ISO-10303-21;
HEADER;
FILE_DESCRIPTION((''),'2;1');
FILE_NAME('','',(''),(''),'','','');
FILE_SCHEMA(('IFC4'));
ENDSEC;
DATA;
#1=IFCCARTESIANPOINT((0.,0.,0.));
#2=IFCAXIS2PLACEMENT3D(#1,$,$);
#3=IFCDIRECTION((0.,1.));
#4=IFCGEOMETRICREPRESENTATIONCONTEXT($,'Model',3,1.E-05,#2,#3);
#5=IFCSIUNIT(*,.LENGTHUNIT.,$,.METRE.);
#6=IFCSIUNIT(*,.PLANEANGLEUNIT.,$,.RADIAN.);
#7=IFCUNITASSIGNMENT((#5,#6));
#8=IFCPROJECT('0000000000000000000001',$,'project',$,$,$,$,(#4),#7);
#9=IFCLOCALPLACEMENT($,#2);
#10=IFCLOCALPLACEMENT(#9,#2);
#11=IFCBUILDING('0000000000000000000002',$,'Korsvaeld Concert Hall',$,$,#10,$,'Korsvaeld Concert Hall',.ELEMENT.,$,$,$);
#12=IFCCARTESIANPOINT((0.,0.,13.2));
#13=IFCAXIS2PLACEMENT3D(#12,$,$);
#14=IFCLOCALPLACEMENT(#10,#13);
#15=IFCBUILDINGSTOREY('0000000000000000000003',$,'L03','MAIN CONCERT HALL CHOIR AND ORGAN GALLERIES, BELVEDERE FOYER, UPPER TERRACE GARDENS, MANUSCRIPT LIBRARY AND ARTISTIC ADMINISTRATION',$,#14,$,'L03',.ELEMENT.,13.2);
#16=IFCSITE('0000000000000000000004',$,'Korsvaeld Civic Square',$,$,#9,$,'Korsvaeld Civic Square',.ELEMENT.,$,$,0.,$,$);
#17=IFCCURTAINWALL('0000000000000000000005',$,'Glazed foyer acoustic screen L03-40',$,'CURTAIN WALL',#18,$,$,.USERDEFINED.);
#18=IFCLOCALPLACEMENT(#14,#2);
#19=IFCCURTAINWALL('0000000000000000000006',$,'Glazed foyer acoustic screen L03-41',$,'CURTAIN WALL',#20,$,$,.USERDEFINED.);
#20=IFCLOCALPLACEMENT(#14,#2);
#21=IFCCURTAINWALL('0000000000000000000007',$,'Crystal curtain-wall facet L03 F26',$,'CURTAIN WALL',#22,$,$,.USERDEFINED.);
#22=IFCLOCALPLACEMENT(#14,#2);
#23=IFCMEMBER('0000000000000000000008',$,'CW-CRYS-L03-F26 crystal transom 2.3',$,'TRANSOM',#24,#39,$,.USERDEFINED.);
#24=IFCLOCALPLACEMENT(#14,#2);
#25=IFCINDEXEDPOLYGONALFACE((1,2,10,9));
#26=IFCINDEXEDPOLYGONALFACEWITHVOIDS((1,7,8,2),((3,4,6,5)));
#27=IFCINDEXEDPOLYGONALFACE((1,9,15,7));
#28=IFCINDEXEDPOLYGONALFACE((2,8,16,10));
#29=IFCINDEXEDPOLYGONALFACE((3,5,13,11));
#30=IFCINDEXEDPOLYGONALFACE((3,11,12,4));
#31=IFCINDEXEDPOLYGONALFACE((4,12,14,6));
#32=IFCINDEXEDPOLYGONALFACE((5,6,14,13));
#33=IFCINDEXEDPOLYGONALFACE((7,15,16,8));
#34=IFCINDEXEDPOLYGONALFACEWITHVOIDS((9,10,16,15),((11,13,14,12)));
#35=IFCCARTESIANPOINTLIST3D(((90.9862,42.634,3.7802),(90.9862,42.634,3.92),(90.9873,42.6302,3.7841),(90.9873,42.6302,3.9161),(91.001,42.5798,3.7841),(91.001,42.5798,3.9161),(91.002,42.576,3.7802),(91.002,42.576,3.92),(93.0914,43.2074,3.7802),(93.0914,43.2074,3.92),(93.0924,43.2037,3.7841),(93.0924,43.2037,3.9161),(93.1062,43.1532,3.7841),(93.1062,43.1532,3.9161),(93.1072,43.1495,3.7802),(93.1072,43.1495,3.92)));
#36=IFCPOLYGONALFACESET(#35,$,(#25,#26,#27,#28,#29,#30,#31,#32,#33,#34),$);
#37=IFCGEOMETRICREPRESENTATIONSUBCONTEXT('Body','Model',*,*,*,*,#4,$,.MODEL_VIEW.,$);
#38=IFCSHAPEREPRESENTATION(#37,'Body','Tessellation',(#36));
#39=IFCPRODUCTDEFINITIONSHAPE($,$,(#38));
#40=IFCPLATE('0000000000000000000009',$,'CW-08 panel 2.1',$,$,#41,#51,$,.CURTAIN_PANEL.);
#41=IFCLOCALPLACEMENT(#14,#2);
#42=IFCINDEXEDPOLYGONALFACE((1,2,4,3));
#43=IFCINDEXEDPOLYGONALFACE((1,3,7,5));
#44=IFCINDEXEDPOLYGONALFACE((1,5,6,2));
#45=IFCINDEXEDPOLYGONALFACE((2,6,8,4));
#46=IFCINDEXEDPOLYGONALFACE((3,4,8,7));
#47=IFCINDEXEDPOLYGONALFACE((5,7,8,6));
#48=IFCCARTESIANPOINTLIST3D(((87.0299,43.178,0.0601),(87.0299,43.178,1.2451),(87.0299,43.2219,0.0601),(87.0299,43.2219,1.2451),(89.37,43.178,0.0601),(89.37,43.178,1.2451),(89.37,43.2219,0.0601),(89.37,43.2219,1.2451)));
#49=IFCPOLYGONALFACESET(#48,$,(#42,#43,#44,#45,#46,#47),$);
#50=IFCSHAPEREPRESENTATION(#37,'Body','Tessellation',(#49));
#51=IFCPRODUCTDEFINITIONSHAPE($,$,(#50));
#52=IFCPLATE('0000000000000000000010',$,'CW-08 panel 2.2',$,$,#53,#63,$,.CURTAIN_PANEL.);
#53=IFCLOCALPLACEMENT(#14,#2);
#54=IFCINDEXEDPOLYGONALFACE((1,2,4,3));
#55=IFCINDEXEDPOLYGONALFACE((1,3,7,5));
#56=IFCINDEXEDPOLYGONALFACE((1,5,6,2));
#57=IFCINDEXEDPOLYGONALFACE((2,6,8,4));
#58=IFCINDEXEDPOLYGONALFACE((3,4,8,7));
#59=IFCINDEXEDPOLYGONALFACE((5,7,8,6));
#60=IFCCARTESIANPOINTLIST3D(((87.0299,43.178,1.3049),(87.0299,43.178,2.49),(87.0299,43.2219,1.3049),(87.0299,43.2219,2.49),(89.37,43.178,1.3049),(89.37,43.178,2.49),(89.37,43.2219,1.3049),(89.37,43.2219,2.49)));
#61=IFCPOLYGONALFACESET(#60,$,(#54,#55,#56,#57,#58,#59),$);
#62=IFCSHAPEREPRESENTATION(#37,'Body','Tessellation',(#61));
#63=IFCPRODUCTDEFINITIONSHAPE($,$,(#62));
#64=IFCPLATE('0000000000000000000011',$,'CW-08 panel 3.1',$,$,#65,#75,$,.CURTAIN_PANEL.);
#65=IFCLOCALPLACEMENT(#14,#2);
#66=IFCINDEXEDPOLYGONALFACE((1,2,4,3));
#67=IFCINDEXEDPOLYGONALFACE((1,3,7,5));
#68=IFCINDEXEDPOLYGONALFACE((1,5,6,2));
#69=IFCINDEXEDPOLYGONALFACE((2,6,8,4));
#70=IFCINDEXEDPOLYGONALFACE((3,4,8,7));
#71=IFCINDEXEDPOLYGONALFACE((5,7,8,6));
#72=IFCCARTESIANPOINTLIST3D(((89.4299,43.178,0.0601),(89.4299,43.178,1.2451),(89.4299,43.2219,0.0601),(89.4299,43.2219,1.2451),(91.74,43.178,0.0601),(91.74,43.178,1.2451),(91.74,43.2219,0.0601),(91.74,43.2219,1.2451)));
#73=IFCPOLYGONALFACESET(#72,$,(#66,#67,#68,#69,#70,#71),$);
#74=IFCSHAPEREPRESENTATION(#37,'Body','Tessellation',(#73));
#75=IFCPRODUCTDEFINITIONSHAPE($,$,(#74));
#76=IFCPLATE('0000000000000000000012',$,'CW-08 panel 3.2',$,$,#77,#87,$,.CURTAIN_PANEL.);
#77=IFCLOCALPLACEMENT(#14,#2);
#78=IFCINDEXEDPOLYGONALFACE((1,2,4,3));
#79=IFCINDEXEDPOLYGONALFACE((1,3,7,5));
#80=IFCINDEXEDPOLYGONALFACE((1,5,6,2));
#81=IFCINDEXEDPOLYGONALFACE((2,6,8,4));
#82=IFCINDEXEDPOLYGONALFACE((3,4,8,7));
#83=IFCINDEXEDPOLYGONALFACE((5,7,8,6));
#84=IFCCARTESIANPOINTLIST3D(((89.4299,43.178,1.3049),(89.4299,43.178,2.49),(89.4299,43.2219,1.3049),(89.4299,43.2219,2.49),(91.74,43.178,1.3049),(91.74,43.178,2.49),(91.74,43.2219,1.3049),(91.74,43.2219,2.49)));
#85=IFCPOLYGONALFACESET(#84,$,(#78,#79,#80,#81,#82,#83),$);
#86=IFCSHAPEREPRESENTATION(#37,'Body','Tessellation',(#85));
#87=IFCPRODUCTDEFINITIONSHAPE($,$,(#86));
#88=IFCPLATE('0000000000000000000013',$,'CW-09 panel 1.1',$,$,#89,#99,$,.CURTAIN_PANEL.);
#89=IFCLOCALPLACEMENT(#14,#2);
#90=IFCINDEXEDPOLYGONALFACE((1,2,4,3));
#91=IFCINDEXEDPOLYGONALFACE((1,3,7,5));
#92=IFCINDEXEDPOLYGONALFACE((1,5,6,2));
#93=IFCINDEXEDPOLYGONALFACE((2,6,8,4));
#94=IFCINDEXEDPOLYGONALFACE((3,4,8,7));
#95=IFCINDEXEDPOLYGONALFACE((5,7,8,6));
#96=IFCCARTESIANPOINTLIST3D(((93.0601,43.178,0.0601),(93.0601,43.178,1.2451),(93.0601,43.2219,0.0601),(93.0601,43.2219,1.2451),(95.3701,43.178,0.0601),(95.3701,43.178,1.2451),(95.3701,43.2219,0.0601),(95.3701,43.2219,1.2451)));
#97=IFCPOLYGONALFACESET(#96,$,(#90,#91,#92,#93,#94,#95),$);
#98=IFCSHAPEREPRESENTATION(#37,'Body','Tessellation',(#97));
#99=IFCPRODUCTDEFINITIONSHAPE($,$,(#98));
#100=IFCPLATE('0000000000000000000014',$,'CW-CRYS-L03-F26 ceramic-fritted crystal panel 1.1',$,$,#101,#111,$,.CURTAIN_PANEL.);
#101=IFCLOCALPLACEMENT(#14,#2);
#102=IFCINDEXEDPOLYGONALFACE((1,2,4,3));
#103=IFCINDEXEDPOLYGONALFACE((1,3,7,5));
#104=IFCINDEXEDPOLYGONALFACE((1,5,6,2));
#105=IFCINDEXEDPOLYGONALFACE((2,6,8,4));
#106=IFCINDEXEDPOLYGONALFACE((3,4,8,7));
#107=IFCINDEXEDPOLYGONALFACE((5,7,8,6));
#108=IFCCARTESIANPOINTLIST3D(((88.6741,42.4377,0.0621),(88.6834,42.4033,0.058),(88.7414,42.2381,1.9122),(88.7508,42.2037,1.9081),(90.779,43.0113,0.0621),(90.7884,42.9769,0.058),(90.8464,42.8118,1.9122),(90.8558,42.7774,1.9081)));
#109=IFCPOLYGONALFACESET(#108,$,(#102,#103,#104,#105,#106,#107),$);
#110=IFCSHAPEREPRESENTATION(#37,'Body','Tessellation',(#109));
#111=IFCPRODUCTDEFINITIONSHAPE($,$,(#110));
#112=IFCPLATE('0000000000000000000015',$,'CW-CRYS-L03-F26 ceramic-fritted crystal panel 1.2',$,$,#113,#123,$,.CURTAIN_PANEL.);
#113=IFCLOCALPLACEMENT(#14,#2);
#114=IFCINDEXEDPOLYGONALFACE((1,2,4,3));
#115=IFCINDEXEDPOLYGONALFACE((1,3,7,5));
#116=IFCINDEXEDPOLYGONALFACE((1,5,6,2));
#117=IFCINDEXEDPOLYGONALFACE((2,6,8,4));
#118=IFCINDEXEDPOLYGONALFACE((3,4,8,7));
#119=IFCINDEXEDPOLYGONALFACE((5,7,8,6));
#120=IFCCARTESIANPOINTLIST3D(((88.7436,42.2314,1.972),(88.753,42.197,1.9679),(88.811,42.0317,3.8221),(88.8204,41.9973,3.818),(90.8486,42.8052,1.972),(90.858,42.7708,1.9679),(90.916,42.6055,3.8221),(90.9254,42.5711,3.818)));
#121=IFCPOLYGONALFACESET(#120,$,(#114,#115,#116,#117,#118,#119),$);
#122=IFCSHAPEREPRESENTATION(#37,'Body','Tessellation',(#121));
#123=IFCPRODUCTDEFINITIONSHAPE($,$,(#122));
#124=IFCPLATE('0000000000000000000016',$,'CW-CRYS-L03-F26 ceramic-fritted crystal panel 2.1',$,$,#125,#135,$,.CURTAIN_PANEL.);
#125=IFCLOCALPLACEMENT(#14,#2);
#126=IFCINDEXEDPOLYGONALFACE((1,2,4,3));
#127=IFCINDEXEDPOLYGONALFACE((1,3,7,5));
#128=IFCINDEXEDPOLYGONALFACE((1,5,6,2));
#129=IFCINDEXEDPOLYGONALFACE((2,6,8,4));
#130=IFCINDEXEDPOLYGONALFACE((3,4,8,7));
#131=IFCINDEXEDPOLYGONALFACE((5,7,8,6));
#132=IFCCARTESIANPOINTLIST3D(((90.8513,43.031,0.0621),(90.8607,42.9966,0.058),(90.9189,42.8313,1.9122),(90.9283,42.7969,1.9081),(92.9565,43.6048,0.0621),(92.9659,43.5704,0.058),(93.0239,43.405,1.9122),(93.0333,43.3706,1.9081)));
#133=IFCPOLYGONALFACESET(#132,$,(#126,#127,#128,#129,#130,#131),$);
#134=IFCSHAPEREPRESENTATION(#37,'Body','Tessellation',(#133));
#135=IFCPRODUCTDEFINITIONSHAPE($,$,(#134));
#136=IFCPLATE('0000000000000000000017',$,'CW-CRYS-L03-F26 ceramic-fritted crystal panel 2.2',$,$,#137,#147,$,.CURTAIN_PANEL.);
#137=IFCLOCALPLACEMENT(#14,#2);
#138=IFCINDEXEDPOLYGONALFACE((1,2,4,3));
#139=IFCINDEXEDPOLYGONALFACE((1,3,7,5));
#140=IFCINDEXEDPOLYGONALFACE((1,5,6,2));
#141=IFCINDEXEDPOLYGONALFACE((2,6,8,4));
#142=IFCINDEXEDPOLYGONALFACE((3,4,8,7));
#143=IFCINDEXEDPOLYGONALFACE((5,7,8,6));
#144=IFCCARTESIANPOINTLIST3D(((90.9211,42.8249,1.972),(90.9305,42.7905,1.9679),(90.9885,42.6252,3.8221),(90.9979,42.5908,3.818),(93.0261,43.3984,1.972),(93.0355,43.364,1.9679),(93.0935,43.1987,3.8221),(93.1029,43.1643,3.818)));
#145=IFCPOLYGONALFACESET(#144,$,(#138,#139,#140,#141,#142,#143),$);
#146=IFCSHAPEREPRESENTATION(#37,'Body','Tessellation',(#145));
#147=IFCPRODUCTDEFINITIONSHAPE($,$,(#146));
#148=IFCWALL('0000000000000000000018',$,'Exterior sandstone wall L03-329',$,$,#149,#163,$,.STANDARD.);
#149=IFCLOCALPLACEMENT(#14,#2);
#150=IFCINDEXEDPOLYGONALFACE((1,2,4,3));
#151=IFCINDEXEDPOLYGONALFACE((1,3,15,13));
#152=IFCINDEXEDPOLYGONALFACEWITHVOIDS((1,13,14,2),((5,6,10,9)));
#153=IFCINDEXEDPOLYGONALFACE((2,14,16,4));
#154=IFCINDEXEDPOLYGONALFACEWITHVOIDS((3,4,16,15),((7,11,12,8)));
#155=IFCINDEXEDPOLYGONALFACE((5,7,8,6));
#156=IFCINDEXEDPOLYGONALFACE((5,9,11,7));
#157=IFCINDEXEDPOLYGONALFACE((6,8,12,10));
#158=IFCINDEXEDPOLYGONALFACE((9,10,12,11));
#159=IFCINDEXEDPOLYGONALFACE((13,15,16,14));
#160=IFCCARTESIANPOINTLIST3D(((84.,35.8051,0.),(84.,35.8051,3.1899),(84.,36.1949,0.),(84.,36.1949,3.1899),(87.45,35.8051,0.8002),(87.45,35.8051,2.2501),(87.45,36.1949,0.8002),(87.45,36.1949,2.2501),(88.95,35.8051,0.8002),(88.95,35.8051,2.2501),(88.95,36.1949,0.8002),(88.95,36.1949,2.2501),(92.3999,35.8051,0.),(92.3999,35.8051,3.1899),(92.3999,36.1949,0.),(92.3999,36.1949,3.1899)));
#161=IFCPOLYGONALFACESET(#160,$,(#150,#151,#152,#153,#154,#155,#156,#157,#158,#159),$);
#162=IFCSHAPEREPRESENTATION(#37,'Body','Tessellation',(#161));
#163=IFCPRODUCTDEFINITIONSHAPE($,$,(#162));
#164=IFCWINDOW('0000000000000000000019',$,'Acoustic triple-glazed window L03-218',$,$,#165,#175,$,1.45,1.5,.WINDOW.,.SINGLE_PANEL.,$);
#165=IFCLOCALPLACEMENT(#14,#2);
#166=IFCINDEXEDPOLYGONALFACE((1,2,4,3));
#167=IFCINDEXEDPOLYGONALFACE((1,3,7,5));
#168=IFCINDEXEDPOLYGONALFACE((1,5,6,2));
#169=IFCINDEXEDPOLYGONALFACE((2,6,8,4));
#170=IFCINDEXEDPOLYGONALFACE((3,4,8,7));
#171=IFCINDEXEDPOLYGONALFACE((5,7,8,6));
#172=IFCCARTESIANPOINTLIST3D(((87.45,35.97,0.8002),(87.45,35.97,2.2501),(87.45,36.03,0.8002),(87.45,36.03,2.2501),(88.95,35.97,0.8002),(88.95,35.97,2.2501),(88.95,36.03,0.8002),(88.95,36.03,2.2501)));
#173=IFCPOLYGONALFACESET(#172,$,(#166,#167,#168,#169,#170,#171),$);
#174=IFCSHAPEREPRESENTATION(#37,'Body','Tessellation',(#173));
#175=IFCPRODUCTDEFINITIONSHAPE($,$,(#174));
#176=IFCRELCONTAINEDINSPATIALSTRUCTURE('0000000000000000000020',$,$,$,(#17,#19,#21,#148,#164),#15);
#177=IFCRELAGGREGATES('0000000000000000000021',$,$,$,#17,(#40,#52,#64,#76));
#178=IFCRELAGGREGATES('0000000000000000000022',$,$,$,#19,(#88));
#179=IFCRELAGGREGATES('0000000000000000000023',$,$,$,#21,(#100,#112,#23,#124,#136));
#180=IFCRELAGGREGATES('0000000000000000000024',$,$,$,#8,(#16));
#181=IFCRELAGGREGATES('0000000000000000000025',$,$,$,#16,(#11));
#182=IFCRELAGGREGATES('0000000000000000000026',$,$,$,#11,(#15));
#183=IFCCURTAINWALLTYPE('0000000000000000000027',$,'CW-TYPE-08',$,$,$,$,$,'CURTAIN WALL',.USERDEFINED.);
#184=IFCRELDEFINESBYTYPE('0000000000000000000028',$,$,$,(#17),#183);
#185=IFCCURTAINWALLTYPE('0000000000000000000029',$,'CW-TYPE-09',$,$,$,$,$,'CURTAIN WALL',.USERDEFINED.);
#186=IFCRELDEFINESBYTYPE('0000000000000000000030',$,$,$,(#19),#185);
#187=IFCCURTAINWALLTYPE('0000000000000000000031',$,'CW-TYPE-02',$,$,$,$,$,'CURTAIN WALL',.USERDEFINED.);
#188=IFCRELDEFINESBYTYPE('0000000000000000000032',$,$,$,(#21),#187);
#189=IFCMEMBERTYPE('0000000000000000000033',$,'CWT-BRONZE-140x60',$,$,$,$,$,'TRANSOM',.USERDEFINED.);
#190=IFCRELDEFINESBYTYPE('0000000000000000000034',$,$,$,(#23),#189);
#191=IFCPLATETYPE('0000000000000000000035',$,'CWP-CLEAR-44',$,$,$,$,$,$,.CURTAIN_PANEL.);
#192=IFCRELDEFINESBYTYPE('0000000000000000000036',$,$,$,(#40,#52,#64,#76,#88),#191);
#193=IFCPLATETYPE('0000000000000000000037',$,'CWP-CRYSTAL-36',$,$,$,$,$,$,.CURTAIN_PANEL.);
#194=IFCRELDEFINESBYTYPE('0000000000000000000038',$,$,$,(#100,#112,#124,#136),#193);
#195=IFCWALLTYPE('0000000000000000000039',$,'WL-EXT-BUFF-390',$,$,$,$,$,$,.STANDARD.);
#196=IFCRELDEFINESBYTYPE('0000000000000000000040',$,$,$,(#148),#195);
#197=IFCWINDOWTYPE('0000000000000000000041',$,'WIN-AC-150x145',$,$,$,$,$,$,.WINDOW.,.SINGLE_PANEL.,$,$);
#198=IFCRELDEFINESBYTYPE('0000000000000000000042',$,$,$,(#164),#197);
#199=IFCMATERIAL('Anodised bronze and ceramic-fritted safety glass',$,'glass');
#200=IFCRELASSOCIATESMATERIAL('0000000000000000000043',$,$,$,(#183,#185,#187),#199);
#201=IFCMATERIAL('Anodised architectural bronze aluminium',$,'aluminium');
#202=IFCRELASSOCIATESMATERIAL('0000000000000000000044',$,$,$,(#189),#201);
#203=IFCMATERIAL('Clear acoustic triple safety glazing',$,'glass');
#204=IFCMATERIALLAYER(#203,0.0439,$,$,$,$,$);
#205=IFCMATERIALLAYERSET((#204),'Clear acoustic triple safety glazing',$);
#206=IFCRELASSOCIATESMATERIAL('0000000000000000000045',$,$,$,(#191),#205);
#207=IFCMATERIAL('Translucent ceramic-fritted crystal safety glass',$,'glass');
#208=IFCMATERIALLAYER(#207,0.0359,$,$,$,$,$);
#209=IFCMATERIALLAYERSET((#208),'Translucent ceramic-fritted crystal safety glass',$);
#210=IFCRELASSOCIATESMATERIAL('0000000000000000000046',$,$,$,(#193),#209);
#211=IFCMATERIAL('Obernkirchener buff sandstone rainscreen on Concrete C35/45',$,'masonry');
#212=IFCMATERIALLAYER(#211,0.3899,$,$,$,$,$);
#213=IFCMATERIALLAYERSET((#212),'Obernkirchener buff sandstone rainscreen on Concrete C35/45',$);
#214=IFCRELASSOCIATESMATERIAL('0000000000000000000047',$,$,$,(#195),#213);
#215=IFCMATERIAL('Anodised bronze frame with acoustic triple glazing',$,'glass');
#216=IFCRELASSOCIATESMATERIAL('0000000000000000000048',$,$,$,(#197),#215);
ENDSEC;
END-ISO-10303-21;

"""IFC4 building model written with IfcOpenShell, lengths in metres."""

from ifc_helpers import new_model, si_unit, direction, frame, frame_2d, origin, origin_2d, place, context, subcontext, project, spatial, polyline, rectangle, hollow_rectangle, outline, extrude, material, layer, layer_set, material_profile, profile_set, type_object, element, fill, aggregate, save


model = new_model("IFC4")

# Units and contexts
model_context = context("Model", 3, precision=1e-05, world=origin(), true_north=direction((0.0, 1.0)))
body_context = subcontext(model_context, "Body", "Model", "MODEL_VIEW")
ifc_project = project(units=[si_unit("LENGTHUNIT", "METRE"), si_unit("PLANEANGLEUNIT", "RADIAN")], contexts=[model_context])

# Site, building, storey
site_placement = place(None, origin())
site = spatial("IfcSite", under=ifc_project, at=site_placement, Name="Korsvaeld Civic Square", LongName="Korsvaeld Civic Square", CompositionType="ELEMENT", RefElevation=0.0)
building_placement = place(site_placement, origin())
building = spatial("IfcBuilding", under=site, at=building_placement, Name="Korsvaeld Concert Hall", LongName="Korsvaeld Concert Hall", CompositionType="ELEMENT")
storey_placement = place(building_placement, frame((0.0, 0.0, 13.2)))
storey = spatial("IfcBuildingStorey", under=building, at=storey_placement, Name="L03", Description="MAIN CONCERT HALL CHOIR AND ORGAN GALLERIES, BELVEDERE FOYER, UPPER TERRACE GARDENS, MANUSCRIPT LIBRARY AND ARTISTIC ADMINISTRATION", LongName="L03", CompositionType="ELEMENT", Elevation=13.2)

# Curtain wall
ifc_material_1 = material(Name="Anodised bronze and ceramic-fritted safety glass", Category="glass")
curtain_wall_type_1 = type_object("IfcCurtainWallType", Name="CW-TYPE-08", ElementType="CURTAIN WALL", PredefinedType="USERDEFINED", material=ifc_material_1)
curtain_wall_1_placement = place(storey_placement, origin())
curtain_wall_1 = element("IfcCurtainWall", 1, at=curtain_wall_1_placement, inside=storey, type_object=curtain_wall_type_1, Name="Glazed foyer acoustic screen L03-40", ObjectType="CURTAIN WALL", PredefinedType="USERDEFINED")
ifc_material_2 = material(Name="Anodised architectural bronze aluminium", Category="aluminium")

# Curtain wall
curtain_wall_type_2 = type_object("IfcCurtainWallType", Name="CW-TYPE-09", ElementType="CURTAIN WALL", PredefinedType="USERDEFINED", material=ifc_material_1)
curtain_wall_2_placement = place(storey_placement, origin())
curtain_wall_2 = element("IfcCurtainWall", 2, at=curtain_wall_2_placement, inside=storey, type_object=curtain_wall_type_2, Name="Glazed foyer acoustic screen L03-41", ObjectType="CURTAIN WALL", PredefinedType="USERDEFINED")

# Curtain wall
curtain_wall_type_3 = type_object("IfcCurtainWallType", Name="CW-TYPE-02", ElementType="CURTAIN WALL", PredefinedType="USERDEFINED", material=ifc_material_1)
curtain_wall_3_placement = place(storey_placement, origin())
curtain_wall_3 = element("IfcCurtainWall", 3, at=curtain_wall_3_placement, inside=storey, type_object=curtain_wall_type_3, Name="Crystal curtain-wall facet L03 F26", ObjectType="CURTAIN WALL", PredefinedType="USERDEFINED")

# Member
ifc_material_profile_1 = material_profile(ifc_material_2, hollow_rectangle(XDim=0.0601, YDim=0.1399, WallThickness=0.0039, at=origin_2d()), Name="CWT 140x60x4")
ifc_profile_set_1 = profile_set([ifc_material_profile_1], Name="Anodised architectural bronze aluminium")
member_type_1 = type_object("IfcMemberType", Name="CWT-BRONZE-140x60", ElementType="TRANSOM", PredefinedType="USERDEFINED", material=ifc_profile_set_1)
member_1_placement = place(storey_placement, frame((90.9941, 42.605, 3.8501), z_axis=(0.964841, 0.262833, 0.0), x_axis=(-0.262833, 0.964841, 0.0)))
member_1 = element("IfcMember", 4, at=member_1_placement, type_object=member_type_1, Name="CW-CRYS-L03-F26 crystal transom 2.3", ObjectType="TRANSOM", PredefinedType="USERDEFINED", context=body_context, shape_type="SweptSolid", body=[
    extrude(hollow_rectangle(XDim=0.0601, YDim=0.1399, WallThickness=0.0039, at=origin_2d()), origin(), (0.0, 0.0, 1.0), 2.1819),
])

# Plates
ifc_material_3 = material(Name="Clear acoustic triple safety glazing", Category="glass")
ifc_layer_1 = layer(ifc_material_3, 0.0439)
ifc_layer_set_1 = layer_set([ifc_layer_1], Name="Clear acoustic triple safety glazing")
plate_type_1 = type_object("IfcPlateType", Name="CWP-CLEAR-44", PredefinedType="CURTAIN_PANEL", material=ifc_layer_set_1)
plate_1_placement = place(storey_placement, frame((88.2, 43.2, 0.0601), z_axis=(0.0, 0.0, 1.0), x_axis=(1.0, 0.0, 0.0)))
plate_1 = element("IfcPlate", 5, at=plate_1_placement, type_object=plate_type_1, Name="CW-08 panel 2.1", PredefinedType="CURTAIN_PANEL", context=body_context, shape_type="SweptSolid", body=[
    extrude(rectangle(XDim=2.3401, YDim=0.0439, at=origin_2d()), origin(), (0.0, 0.0, 1.0), 1.1851),
])
plate_2_placement = place(storey_placement, frame((88.2, 43.2, 1.3049), z_axis=(0.0, 0.0, 1.0), x_axis=(1.0, 0.0, 0.0)))
plate_2 = element("IfcPlate", 6, at=plate_2_placement, type_object=plate_type_1, Name="CW-08 panel 2.2", PredefinedType="CURTAIN_PANEL", context=body_context, shape_type="SweptSolid", body=[
    extrude(rectangle(XDim=2.3401, YDim=0.0439, at=origin_2d()), origin(), (0.0, 0.0, 1.0), 1.1851),
])
plate_3_placement = place(storey_placement, frame((90.585, 43.2, 0.0601), z_axis=(0.0, 0.0, 1.0), x_axis=(1.0, 0.0, 0.0)))
plate_3 = element("IfcPlate", 7, at=plate_3_placement, type_object=plate_type_1, Name="CW-08 panel 3.1", PredefinedType="CURTAIN_PANEL", context=body_context, shape_type="SweptSolid", body=[
    extrude(rectangle(XDim=2.3101, YDim=0.0439, at=origin_2d()), origin(), (0.0, 0.0, 1.0), 1.1851),
])
plate_4_placement = place(storey_placement, frame((90.585, 43.2, 1.3049), z_axis=(0.0, 0.0, 1.0), x_axis=(1.0, 0.0, 0.0)))
plate_4 = element("IfcPlate", 8, at=plate_4_placement, type_object=plate_type_1, Name="CW-08 panel 3.2", PredefinedType="CURTAIN_PANEL", context=body_context, shape_type="SweptSolid", body=[
    extrude(rectangle(XDim=2.3101, YDim=0.0439, at=origin_2d()), origin(), (0.0, 0.0, 1.0), 1.1851),
])
aggregate(curtain_wall_1, [plate_1, plate_2, plate_3, plate_4])
plate_5_placement = place(storey_placement, frame((94.2151, 43.2, 0.0601), z_axis=(0.0, 0.0, 1.0), x_axis=(1.0, 0.0, 0.0)))
plate_5 = element("IfcPlate", 9, at=plate_5_placement, type_object=plate_type_1, Name="CW-09 panel 1.1", PredefinedType="CURTAIN_PANEL", context=body_context, shape_type="SweptSolid", body=[
    extrude(rectangle(XDim=2.3101, YDim=0.0439, at=origin_2d()), origin(), (0.0, 0.0, 1.0), 1.1851),
])
aggregate(curtain_wall_2, [plate_5])
ifc_material_4 = material(Name="Translucent ceramic-fritted crystal safety glass", Category="glass")
ifc_layer_2 = layer(ifc_material_4, 0.0359)
ifc_layer_set_2 = layer_set([ifc_layer_2], Name="Translucent ceramic-fritted crystal safety glass")
plate_type_2 = type_object("IfcPlateType", Name="CWP-CRYSTAL-36", PredefinedType="CURTAIN_PANEL", material=ifc_layer_set_2)
plate_6_placement = place(storey_placement, frame((88.6787, 42.4207, 0.0601), z_axis=(0.261232, -0.958647, -0.112931), x_axis=(0.96482, 0.262913, 0.000006)))
plate_6 = element("IfcPlate", 10, at=plate_6_placement, type_object=plate_type_2, Name="CW-CRYS-L03-F26 ceramic-fritted crystal panel 1.1", PredefinedType="CURTAIN_PANEL", context=body_context, shape_type="SweptSolid", body=[
    extrude(outline(polyline([(0.0, 0.0), (2.1817, 0.0), (2.1943, 1.862), (0.0125, 1.862), (0.0, 0.0)])), frame((0.0, 0.0, 0.0181)), (0.0, 0.0, -1.0), 0.0359),
])
plate_7_placement = place(storey_placement, frame((88.7483, 42.2144, 1.97), z_axis=(0.261282, -0.958626, -0.112994), x_axis=(0.964805, 0.262966, 0.0)))
plate_7 = element("IfcPlate", 11, at=plate_7_placement, type_object=plate_type_2, Name="CW-CRYS-L03-F26 ceramic-fritted crystal panel 1.2", PredefinedType="CURTAIN_PANEL", context=body_context, shape_type="SweptSolid", body=[
    extrude(outline(polyline([(0.0, 0.0), (2.1818, 0.0), (2.1943, 1.862), (0.0125, 1.862), (0.0, 0.0)])), frame((0.0, 0.0, 0.0181)), (0.0, 0.0, -1.0), 0.0359),
])
plate_8_placement = place(storey_placement, frame((90.856, 43.0139, 0.0601), z_axis=(0.261267, -0.958628, -0.113011), x_axis=(0.964809, 0.262952, 0.000002)))
plate_8 = element("IfcPlate", 12, at=plate_8_placement, type_object=plate_type_2, Name="CW-CRYS-L03-F26 ceramic-fritted crystal panel 2.1", PredefinedType="CURTAIN_PANEL", context=body_context, shape_type="SweptSolid", body=[
    extrude(outline(polyline([(0.0, 0.0), (2.182, 0.0), (2.1945, 1.862), (0.0127, 1.862), (0.0, 0.0)])), frame((0.0, 0.0, 0.0181)), (0.0, 0.0, -1.0), 0.0359),
])
plate_9_placement = place(storey_placement, frame((90.9258, 42.8079, 1.97), z_axis=(0.261178, -0.958654, -0.112993), x_axis=(0.964834, 0.262862, 0.0)))
plate_9 = element("IfcPlate", 13, at=plate_9_placement, type_object=plate_type_2, Name="CW-CRYS-L03-F26 ceramic-fritted crystal panel 2.2", PredefinedType="CURTAIN_PANEL", context=body_context, shape_type="SweptSolid", body=[
    extrude(outline(polyline([(0.0, 0.0), (2.1817, 0.0), (2.1942, 1.862), (0.0125, 1.862), (0.0, 0.0)])), frame((0.0, 0.0, 0.0181)), (0.0, 0.0, -1.0), 0.0359),
])
aggregate(curtain_wall_3, [plate_6, plate_7, member_1, plate_8, plate_9])

# Wall, opening, window
ifc_material_5 = material(Name="Obernkirchener buff sandstone rainscreen on Concrete C35/45", Category="masonry")
ifc_layer_3 = layer(ifc_material_5, 0.3899)
ifc_layer_set_3 = layer_set([ifc_layer_3], Name="Obernkirchener buff sandstone rainscreen on Concrete C35/45")
wall_type_1 = type_object("IfcWallType", Name="WL-EXT-BUFF-390", PredefinedType="STANDARD", material=ifc_layer_set_3)
wall_1_placement = place(storey_placement, frame((92.3999, 36.0, 0.0), z_axis=(0.0, 0.0, 1.0), x_axis=(-1.0, 0.0, 0.0)))
wall_1 = element("IfcWall", 14, at=wall_1_placement, inside=storey, type_object=wall_type_1, Name="Exterior sandstone wall L03-329", PredefinedType="STANDARD", context=body_context, shape_type="SweptSolid", body=[
    extrude(rectangle(XDim=8.3999, YDim=0.3899, at=frame_2d((4.2, 0.0))), origin(), (0.0, 0.0, 1.0), 3.1899),
])
opening_1_placement = place(wall_1_placement, frame((3.45, 0.0, 0.8)))
opening_1 = element("IfcOpeningElement", 15, at=opening_1_placement, cuts=wall_1, PredefinedType="OPENING", context=body_context, shape_type="SweptSolid", body=[
    extrude(rectangle(XDim=1.5, YDim=1.45, at=frame_2d((0.75, 0.7251))), frame((0.0, 0.2051, 0.0), z_axis=(0.0, -1.0, 0.0), x_axis=(1.0, 0.0, 0.0)), (0.0, 0.0, 1.0), 0.4099),
])
ifc_material_6 = material(Name="Anodised bronze frame with acoustic triple glazing", Category="glass")
window_type_1 = type_object("IfcWindowType", Name="WIN-AC-150x145", PartitioningType="SINGLE_PANEL", PredefinedType="WINDOW", material=ifc_material_6)
window_1_placement = place(opening_1_placement, origin())
window_1 = element("IfcWindow", 16, at=window_1_placement, inside=storey, type_object=window_type_1, Name="Acoustic triple-glazed window L03-218", OverallHeight=1.45, OverallWidth=1.5, PartitioningType="SINGLE_PANEL", PredefinedType="WINDOW", context=body_context, shape_type="SweptSolid", body=[
    extrude(rectangle(XDim=1.5, YDim=1.45, at=frame_2d((0.75, 0.7251))), frame((0.0, 0.03, 0.0), z_axis=(0.0, -1.0, 0.0), x_axis=(1.0, 0.0, 0.0)), (0.0, 0.0, 1.0), 0.0601),
])
fill(opening_1, window_1)

save(model, "model.ifc")
